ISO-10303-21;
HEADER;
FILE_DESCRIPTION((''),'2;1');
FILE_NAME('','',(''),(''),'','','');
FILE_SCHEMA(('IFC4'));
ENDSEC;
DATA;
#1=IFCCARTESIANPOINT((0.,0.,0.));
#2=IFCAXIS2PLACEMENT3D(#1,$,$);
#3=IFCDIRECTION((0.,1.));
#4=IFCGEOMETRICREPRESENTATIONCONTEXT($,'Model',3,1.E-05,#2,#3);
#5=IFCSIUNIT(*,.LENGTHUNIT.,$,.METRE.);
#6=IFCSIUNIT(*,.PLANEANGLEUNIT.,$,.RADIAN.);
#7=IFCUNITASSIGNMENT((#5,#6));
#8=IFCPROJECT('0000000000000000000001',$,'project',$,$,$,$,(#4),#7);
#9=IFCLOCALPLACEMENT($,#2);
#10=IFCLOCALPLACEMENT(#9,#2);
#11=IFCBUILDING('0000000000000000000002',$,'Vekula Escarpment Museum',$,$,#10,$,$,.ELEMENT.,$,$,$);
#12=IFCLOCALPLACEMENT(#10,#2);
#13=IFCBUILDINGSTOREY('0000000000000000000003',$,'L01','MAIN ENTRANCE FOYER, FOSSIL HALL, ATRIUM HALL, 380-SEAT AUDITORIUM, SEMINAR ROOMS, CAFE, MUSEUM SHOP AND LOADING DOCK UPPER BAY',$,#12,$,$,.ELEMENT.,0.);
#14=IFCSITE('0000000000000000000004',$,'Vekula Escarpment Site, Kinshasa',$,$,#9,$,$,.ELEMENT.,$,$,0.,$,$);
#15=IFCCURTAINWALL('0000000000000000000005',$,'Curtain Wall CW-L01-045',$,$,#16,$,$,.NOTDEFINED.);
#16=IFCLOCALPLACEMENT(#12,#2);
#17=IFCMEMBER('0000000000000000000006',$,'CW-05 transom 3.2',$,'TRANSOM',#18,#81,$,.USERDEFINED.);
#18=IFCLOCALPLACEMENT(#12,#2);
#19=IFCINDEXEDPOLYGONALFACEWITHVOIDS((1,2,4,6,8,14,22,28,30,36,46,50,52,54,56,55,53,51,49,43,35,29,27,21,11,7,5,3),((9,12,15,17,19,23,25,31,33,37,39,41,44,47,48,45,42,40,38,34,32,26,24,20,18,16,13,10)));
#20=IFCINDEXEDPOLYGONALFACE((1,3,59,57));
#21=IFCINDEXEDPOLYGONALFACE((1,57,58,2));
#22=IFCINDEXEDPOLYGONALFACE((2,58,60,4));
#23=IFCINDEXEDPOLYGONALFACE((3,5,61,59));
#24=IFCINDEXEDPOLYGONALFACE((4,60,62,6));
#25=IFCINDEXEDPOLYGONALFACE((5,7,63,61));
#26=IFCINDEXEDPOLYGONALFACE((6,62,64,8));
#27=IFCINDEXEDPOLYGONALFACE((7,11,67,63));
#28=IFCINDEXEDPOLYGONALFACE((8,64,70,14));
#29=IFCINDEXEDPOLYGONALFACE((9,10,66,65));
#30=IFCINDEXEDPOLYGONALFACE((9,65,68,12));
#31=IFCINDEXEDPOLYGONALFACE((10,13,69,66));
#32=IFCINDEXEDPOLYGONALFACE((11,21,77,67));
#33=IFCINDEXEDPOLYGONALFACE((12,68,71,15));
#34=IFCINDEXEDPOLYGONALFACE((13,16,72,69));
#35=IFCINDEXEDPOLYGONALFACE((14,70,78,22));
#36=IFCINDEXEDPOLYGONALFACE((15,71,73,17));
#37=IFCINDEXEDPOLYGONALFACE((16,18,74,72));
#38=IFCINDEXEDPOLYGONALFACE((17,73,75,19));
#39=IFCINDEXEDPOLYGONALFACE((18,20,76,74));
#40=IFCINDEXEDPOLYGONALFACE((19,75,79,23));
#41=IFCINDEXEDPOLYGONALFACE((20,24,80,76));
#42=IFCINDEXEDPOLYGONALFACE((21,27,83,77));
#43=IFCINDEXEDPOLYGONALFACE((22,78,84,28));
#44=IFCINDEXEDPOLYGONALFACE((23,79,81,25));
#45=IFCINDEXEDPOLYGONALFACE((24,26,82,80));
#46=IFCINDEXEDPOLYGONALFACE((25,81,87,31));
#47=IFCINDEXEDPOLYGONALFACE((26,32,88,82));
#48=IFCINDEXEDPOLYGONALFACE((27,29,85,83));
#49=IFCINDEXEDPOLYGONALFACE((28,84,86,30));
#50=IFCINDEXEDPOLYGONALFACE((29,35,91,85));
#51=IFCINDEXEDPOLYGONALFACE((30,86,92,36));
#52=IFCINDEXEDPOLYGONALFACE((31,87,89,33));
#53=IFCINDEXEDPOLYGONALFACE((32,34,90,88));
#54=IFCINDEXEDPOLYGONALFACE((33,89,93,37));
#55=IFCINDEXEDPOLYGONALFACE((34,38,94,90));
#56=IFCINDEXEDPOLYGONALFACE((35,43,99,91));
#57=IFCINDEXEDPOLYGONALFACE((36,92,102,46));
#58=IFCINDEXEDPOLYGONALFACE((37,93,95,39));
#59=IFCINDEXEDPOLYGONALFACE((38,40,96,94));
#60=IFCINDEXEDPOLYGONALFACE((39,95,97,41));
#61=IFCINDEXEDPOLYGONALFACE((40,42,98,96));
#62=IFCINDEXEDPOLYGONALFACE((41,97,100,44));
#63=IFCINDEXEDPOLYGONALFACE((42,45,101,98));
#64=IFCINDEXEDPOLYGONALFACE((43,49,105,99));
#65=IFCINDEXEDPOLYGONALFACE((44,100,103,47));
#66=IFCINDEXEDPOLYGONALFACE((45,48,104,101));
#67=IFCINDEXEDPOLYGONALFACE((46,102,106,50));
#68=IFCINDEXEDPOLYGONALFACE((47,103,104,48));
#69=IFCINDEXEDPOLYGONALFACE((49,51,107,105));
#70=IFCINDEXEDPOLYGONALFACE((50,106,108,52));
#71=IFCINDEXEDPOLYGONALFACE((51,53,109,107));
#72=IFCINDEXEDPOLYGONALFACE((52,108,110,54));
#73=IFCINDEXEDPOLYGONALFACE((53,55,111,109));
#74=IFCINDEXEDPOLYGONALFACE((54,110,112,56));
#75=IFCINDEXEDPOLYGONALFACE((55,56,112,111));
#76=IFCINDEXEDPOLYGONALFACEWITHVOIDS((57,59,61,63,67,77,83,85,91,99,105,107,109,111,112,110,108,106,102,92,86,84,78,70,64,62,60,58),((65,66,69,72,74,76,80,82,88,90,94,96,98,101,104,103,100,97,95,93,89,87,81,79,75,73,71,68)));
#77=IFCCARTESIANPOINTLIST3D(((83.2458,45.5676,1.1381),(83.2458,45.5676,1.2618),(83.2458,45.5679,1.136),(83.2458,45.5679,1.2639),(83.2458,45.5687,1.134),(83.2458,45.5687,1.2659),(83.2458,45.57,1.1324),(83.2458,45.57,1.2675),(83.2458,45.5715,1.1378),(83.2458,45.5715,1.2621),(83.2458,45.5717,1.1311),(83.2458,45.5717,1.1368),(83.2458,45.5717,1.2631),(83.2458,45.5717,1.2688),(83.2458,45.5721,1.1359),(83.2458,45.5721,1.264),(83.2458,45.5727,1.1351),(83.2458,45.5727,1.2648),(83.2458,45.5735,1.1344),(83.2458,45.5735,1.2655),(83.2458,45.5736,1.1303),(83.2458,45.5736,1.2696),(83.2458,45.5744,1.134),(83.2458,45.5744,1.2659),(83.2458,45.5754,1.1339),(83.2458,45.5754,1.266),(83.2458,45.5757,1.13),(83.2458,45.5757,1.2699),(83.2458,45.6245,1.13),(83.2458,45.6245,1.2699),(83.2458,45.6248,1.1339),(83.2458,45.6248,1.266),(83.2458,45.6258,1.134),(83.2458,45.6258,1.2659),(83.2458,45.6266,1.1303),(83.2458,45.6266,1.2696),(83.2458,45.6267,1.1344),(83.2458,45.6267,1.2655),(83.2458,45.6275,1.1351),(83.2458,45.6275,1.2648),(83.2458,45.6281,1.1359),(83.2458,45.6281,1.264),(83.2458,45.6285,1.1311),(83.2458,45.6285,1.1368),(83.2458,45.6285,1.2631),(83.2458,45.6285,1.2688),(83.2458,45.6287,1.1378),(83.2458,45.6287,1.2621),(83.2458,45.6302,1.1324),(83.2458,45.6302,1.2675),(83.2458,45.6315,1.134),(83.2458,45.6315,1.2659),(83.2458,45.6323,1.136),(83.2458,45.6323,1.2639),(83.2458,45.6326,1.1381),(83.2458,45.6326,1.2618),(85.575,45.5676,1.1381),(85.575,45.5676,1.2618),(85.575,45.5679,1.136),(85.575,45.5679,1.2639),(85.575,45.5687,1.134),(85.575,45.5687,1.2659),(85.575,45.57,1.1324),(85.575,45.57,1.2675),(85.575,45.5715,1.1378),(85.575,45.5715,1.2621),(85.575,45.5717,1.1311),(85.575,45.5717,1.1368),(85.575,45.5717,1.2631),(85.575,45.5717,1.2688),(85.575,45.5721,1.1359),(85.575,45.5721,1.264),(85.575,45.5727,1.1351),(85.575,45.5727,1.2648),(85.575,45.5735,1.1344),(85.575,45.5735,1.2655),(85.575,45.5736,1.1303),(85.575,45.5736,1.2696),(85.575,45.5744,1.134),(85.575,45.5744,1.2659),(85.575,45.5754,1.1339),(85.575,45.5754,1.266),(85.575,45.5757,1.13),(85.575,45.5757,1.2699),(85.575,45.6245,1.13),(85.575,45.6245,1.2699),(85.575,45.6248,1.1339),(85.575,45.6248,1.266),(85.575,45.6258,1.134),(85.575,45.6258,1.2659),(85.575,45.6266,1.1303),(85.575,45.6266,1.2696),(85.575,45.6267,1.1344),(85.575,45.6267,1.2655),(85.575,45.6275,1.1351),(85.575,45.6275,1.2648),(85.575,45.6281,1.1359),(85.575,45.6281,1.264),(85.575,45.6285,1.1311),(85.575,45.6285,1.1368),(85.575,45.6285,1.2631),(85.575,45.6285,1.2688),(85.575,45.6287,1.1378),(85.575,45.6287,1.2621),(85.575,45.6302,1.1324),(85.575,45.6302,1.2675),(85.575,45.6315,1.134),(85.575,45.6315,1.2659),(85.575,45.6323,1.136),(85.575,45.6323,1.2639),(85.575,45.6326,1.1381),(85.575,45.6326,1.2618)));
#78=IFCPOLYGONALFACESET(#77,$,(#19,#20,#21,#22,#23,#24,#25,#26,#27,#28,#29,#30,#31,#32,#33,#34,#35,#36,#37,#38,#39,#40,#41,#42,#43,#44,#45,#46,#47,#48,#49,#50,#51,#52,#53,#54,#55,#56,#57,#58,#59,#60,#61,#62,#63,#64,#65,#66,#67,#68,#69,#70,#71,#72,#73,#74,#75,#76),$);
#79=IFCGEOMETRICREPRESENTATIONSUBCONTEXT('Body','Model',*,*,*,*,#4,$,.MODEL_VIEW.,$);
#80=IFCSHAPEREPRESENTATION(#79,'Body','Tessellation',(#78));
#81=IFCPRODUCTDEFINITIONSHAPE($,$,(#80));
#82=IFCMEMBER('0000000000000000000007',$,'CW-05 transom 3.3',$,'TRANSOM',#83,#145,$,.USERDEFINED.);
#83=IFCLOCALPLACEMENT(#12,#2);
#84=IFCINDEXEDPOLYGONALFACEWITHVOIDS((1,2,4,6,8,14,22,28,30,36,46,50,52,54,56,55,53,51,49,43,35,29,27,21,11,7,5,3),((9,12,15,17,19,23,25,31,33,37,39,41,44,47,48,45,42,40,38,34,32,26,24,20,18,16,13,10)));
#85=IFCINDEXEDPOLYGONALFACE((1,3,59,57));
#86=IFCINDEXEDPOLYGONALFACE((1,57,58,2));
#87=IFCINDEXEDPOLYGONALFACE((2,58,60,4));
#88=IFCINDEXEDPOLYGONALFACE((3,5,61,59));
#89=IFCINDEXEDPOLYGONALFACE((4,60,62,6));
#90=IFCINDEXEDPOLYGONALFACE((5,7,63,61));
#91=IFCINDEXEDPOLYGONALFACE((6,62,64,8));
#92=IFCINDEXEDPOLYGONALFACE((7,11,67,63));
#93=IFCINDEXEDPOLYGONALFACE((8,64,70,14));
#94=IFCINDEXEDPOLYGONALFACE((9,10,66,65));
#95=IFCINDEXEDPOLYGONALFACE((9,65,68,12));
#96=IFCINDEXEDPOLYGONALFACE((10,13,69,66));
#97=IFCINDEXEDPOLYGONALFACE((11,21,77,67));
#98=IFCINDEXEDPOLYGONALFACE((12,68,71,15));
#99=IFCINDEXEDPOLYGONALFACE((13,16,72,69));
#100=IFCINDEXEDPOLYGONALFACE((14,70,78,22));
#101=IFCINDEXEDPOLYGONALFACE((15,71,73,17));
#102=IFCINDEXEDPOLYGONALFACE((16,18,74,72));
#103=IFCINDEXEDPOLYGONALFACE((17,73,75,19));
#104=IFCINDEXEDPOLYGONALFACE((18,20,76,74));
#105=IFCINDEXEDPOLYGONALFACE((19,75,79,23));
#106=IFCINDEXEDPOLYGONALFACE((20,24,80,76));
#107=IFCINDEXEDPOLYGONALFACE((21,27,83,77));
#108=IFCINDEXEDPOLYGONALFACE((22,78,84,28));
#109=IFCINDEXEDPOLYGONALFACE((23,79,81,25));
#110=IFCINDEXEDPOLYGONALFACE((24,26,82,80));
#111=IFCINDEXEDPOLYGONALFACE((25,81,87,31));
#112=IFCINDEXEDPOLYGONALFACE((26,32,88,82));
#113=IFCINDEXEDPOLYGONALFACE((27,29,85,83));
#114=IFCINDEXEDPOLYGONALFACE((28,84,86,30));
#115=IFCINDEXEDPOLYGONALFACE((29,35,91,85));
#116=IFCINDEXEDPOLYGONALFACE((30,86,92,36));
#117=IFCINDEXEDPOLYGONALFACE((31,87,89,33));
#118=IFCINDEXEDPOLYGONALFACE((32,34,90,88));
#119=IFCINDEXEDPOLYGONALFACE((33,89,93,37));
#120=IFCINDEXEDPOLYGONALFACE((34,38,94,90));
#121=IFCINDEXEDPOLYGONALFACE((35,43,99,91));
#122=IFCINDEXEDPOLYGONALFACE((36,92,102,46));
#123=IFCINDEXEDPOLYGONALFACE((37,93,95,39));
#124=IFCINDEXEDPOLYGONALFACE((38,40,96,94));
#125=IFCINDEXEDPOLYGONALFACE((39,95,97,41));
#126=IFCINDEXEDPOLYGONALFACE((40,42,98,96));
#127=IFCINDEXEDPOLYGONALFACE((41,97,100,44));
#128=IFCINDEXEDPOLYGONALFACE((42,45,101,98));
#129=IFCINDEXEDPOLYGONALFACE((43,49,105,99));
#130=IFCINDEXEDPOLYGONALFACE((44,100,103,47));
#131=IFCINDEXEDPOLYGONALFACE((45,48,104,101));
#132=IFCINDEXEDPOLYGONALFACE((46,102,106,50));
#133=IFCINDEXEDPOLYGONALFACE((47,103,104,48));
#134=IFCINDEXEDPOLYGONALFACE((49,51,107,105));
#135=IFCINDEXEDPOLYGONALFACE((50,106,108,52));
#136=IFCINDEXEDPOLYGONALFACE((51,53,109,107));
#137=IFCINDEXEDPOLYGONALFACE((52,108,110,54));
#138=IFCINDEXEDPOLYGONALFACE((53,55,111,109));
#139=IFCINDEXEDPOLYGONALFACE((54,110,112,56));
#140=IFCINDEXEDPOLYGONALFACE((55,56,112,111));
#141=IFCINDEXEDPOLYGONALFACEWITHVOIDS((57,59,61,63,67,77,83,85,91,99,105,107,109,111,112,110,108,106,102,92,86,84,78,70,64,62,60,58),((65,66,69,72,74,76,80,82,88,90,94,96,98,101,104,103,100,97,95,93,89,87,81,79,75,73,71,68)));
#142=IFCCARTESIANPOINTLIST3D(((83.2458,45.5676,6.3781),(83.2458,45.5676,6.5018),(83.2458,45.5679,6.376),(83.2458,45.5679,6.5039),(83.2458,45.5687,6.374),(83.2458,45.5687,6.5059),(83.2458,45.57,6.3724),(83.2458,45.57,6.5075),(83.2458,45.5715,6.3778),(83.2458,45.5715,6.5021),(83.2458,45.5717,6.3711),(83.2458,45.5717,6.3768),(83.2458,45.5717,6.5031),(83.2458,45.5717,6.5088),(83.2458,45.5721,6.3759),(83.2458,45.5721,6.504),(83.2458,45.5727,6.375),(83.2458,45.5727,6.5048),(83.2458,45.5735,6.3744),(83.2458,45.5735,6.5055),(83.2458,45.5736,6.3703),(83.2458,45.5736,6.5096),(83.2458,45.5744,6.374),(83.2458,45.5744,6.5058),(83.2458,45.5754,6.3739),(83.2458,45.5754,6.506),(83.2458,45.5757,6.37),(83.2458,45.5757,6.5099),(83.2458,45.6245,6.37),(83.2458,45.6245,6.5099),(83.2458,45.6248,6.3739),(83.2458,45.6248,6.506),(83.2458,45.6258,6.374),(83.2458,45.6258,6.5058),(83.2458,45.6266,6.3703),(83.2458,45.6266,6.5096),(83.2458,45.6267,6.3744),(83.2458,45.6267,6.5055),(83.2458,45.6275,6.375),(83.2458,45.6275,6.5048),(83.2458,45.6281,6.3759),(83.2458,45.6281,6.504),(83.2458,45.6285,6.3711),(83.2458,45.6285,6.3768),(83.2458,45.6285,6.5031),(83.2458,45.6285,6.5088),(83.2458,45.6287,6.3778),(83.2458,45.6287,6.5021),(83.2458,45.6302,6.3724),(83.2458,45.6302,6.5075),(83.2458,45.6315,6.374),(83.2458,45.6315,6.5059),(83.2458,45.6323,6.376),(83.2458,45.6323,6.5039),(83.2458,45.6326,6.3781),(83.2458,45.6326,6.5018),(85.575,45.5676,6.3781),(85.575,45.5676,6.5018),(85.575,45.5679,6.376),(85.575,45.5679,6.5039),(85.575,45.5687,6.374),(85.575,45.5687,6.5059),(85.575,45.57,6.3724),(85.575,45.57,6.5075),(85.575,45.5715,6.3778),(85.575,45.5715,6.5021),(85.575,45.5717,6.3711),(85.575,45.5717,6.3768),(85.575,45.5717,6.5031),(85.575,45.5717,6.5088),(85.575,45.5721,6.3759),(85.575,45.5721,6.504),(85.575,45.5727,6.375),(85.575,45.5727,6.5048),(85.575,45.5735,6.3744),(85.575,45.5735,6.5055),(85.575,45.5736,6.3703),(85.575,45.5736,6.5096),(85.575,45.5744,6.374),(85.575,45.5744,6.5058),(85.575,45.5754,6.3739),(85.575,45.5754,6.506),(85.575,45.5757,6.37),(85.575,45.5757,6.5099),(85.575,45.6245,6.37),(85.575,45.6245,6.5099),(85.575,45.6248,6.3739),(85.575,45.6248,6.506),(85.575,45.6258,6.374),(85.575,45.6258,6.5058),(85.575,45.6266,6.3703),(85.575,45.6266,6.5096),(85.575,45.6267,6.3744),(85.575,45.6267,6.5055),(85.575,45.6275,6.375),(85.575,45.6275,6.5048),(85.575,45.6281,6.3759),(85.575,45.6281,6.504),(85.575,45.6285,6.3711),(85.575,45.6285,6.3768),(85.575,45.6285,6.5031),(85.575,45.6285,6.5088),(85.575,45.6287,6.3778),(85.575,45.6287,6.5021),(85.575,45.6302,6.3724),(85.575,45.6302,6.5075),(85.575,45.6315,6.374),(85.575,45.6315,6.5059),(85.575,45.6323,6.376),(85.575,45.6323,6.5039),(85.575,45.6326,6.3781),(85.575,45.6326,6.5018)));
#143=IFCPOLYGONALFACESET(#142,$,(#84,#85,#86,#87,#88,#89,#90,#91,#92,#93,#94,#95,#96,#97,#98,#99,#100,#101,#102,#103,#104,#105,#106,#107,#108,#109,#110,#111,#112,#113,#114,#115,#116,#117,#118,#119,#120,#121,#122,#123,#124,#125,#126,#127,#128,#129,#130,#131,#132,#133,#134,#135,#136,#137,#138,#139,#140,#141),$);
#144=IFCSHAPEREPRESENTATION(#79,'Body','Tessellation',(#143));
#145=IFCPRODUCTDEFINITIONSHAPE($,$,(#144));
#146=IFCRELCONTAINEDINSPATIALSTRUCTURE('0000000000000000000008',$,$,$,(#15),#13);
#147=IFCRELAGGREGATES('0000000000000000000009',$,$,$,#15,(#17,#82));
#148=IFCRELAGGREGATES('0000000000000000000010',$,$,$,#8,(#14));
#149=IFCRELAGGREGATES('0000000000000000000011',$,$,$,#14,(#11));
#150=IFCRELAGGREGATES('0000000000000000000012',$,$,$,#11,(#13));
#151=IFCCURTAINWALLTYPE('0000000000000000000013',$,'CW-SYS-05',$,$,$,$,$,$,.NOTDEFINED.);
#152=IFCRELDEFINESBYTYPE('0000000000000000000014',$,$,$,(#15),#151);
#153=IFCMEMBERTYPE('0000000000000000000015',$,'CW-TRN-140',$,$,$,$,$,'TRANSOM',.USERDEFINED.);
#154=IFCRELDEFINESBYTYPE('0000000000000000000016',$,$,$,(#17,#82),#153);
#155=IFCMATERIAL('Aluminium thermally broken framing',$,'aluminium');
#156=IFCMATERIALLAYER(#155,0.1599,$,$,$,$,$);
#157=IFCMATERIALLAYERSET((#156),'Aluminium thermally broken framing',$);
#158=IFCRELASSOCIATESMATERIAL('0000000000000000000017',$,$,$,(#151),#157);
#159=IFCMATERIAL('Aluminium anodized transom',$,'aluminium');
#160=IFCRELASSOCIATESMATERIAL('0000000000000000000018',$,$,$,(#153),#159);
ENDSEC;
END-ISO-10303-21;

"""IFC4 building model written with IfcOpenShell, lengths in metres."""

from ifc_helpers import new_model, si_unit, direction, frame, origin, origin_2d, place, context, subcontext, project, spatial, hollow_rectangle, extrude, material, layer, layer_set, material_profile, profile_set, type_object, element, aggregate, save


model = new_model("IFC4")

# Units and contexts
model_context = context("Model", 3, precision=1e-05, world=origin(), true_north=direction((0.0, 1.0)))
body_context = subcontext(model_context, "Body", "Model", "MODEL_VIEW")
ifc_project = project(units=[si_unit("LENGTHUNIT", "METRE"), si_unit("PLANEANGLEUNIT", "RADIAN")], contexts=[model_context])

# Site, building, storey
site_placement = place(None, origin())
site = spatial("IfcSite", under=ifc_project, at=site_placement, Name="Vekula Escarpment Site, Kinshasa", CompositionType="ELEMENT", RefElevation=0.0)
building_placement = place(site_placement, origin())
building = spatial("IfcBuilding", under=site, at=building_placement, Name="Vekula Escarpment Museum", CompositionType="ELEMENT")
storey_placement = place(building_placement, origin())
storey = spatial("IfcBuildingStorey", under=building, at=storey_placement, Name="L01", Description="MAIN ENTRANCE FOYER, FOSSIL HALL, ATRIUM HALL, 380-SEAT AUDITORIUM, SEMINAR ROOMS, CAFE, MUSEUM SHOP AND LOADING DOCK UPPER BAY", CompositionType="ELEMENT", Elevation=0.0)

# Curtain wall, members
ifc_material_1 = material(Name="Aluminium thermally broken framing", Category="aluminium")
ifc_layer_1 = layer(ifc_material_1, 0.1599)
ifc_layer_set_1 = layer_set([ifc_layer_1], Name="Aluminium thermally broken framing")
curtain_wall_type = type_object("IfcCurtainWallType", Name="CW-SYS-05", PredefinedType="NOTDEFINED", material=ifc_layer_set_1)
curtain_wall_placement = place(storey_placement, origin())
curtain_wall = element("IfcCurtainWall", 1, at=curtain_wall_placement, inside=storey, type_object=curtain_wall_type, Name="Curtain Wall CW-L01-045", PredefinedType="NOTDEFINED")
ifc_material_2 = material(Name="Aluminium anodized transom", Category="aluminium")
ifc_material_profile_1 = material_profile(ifc_material_2, hollow_rectangle(XDim=0.0649, YDim=0.1399, WallThickness=0.0039, InnerFilletRadius=0.0039, OuterFilletRadius=0.0081, at=origin_2d()), Name="ALU 140x65x4")
ifc_profile_set_1 = profile_set([ifc_material_profile_1], Name="Aluminium anodized transom")
member_type_1 = type_object("IfcMemberType", Name="CW-TRN-140", ElementType="TRANSOM", PredefinedType="USERDEFINED", material=ifc_profile_set_1)
member_1_placement = place(storey_placement, frame((83.2458, 45.6001, 1.2), z_axis=(1.0, 0.0, 0.0), x_axis=(0.0, 1.0, 0.0)))
member_1 = element("IfcMember", 2, at=member_1_placement, type_object=member_type_1, Name="CW-05 transom 3.2", ObjectType="TRANSOM", PredefinedType="USERDEFINED", context=body_context, shape_type="SweptSolid", body=[
    extrude(hollow_rectangle(XDim=0.0649, YDim=0.1399, WallThickness=0.0039, InnerFilletRadius=0.0039, OuterFilletRadius=0.0081, at=origin_2d()), origin(), (0.0, 0.0, 1.0), 2.3291),
])
member_2_placement = place(storey_placement, frame((83.2458, 45.6001, 6.4399), z_axis=(1.0, 0.0, 0.0), x_axis=(0.0, 1.0, 0.0)))
member_2 = element("IfcMember", 3, at=member_2_placement, type_object=member_type_1, Name="CW-05 transom 3.3", ObjectType="TRANSOM", PredefinedType="USERDEFINED", context=body_context, shape_type="SweptSolid", body=[
    extrude(hollow_rectangle(XDim=0.0649, YDim=0.1399, WallThickness=0.0039, InnerFilletRadius=0.0039, OuterFilletRadius=0.0081, at=origin_2d()), origin(), (0.0, 0.0, 1.0), 2.3291),
])

aggregate(curtain_wall, [member_1, member_2])

save(model, "model.ifc")
